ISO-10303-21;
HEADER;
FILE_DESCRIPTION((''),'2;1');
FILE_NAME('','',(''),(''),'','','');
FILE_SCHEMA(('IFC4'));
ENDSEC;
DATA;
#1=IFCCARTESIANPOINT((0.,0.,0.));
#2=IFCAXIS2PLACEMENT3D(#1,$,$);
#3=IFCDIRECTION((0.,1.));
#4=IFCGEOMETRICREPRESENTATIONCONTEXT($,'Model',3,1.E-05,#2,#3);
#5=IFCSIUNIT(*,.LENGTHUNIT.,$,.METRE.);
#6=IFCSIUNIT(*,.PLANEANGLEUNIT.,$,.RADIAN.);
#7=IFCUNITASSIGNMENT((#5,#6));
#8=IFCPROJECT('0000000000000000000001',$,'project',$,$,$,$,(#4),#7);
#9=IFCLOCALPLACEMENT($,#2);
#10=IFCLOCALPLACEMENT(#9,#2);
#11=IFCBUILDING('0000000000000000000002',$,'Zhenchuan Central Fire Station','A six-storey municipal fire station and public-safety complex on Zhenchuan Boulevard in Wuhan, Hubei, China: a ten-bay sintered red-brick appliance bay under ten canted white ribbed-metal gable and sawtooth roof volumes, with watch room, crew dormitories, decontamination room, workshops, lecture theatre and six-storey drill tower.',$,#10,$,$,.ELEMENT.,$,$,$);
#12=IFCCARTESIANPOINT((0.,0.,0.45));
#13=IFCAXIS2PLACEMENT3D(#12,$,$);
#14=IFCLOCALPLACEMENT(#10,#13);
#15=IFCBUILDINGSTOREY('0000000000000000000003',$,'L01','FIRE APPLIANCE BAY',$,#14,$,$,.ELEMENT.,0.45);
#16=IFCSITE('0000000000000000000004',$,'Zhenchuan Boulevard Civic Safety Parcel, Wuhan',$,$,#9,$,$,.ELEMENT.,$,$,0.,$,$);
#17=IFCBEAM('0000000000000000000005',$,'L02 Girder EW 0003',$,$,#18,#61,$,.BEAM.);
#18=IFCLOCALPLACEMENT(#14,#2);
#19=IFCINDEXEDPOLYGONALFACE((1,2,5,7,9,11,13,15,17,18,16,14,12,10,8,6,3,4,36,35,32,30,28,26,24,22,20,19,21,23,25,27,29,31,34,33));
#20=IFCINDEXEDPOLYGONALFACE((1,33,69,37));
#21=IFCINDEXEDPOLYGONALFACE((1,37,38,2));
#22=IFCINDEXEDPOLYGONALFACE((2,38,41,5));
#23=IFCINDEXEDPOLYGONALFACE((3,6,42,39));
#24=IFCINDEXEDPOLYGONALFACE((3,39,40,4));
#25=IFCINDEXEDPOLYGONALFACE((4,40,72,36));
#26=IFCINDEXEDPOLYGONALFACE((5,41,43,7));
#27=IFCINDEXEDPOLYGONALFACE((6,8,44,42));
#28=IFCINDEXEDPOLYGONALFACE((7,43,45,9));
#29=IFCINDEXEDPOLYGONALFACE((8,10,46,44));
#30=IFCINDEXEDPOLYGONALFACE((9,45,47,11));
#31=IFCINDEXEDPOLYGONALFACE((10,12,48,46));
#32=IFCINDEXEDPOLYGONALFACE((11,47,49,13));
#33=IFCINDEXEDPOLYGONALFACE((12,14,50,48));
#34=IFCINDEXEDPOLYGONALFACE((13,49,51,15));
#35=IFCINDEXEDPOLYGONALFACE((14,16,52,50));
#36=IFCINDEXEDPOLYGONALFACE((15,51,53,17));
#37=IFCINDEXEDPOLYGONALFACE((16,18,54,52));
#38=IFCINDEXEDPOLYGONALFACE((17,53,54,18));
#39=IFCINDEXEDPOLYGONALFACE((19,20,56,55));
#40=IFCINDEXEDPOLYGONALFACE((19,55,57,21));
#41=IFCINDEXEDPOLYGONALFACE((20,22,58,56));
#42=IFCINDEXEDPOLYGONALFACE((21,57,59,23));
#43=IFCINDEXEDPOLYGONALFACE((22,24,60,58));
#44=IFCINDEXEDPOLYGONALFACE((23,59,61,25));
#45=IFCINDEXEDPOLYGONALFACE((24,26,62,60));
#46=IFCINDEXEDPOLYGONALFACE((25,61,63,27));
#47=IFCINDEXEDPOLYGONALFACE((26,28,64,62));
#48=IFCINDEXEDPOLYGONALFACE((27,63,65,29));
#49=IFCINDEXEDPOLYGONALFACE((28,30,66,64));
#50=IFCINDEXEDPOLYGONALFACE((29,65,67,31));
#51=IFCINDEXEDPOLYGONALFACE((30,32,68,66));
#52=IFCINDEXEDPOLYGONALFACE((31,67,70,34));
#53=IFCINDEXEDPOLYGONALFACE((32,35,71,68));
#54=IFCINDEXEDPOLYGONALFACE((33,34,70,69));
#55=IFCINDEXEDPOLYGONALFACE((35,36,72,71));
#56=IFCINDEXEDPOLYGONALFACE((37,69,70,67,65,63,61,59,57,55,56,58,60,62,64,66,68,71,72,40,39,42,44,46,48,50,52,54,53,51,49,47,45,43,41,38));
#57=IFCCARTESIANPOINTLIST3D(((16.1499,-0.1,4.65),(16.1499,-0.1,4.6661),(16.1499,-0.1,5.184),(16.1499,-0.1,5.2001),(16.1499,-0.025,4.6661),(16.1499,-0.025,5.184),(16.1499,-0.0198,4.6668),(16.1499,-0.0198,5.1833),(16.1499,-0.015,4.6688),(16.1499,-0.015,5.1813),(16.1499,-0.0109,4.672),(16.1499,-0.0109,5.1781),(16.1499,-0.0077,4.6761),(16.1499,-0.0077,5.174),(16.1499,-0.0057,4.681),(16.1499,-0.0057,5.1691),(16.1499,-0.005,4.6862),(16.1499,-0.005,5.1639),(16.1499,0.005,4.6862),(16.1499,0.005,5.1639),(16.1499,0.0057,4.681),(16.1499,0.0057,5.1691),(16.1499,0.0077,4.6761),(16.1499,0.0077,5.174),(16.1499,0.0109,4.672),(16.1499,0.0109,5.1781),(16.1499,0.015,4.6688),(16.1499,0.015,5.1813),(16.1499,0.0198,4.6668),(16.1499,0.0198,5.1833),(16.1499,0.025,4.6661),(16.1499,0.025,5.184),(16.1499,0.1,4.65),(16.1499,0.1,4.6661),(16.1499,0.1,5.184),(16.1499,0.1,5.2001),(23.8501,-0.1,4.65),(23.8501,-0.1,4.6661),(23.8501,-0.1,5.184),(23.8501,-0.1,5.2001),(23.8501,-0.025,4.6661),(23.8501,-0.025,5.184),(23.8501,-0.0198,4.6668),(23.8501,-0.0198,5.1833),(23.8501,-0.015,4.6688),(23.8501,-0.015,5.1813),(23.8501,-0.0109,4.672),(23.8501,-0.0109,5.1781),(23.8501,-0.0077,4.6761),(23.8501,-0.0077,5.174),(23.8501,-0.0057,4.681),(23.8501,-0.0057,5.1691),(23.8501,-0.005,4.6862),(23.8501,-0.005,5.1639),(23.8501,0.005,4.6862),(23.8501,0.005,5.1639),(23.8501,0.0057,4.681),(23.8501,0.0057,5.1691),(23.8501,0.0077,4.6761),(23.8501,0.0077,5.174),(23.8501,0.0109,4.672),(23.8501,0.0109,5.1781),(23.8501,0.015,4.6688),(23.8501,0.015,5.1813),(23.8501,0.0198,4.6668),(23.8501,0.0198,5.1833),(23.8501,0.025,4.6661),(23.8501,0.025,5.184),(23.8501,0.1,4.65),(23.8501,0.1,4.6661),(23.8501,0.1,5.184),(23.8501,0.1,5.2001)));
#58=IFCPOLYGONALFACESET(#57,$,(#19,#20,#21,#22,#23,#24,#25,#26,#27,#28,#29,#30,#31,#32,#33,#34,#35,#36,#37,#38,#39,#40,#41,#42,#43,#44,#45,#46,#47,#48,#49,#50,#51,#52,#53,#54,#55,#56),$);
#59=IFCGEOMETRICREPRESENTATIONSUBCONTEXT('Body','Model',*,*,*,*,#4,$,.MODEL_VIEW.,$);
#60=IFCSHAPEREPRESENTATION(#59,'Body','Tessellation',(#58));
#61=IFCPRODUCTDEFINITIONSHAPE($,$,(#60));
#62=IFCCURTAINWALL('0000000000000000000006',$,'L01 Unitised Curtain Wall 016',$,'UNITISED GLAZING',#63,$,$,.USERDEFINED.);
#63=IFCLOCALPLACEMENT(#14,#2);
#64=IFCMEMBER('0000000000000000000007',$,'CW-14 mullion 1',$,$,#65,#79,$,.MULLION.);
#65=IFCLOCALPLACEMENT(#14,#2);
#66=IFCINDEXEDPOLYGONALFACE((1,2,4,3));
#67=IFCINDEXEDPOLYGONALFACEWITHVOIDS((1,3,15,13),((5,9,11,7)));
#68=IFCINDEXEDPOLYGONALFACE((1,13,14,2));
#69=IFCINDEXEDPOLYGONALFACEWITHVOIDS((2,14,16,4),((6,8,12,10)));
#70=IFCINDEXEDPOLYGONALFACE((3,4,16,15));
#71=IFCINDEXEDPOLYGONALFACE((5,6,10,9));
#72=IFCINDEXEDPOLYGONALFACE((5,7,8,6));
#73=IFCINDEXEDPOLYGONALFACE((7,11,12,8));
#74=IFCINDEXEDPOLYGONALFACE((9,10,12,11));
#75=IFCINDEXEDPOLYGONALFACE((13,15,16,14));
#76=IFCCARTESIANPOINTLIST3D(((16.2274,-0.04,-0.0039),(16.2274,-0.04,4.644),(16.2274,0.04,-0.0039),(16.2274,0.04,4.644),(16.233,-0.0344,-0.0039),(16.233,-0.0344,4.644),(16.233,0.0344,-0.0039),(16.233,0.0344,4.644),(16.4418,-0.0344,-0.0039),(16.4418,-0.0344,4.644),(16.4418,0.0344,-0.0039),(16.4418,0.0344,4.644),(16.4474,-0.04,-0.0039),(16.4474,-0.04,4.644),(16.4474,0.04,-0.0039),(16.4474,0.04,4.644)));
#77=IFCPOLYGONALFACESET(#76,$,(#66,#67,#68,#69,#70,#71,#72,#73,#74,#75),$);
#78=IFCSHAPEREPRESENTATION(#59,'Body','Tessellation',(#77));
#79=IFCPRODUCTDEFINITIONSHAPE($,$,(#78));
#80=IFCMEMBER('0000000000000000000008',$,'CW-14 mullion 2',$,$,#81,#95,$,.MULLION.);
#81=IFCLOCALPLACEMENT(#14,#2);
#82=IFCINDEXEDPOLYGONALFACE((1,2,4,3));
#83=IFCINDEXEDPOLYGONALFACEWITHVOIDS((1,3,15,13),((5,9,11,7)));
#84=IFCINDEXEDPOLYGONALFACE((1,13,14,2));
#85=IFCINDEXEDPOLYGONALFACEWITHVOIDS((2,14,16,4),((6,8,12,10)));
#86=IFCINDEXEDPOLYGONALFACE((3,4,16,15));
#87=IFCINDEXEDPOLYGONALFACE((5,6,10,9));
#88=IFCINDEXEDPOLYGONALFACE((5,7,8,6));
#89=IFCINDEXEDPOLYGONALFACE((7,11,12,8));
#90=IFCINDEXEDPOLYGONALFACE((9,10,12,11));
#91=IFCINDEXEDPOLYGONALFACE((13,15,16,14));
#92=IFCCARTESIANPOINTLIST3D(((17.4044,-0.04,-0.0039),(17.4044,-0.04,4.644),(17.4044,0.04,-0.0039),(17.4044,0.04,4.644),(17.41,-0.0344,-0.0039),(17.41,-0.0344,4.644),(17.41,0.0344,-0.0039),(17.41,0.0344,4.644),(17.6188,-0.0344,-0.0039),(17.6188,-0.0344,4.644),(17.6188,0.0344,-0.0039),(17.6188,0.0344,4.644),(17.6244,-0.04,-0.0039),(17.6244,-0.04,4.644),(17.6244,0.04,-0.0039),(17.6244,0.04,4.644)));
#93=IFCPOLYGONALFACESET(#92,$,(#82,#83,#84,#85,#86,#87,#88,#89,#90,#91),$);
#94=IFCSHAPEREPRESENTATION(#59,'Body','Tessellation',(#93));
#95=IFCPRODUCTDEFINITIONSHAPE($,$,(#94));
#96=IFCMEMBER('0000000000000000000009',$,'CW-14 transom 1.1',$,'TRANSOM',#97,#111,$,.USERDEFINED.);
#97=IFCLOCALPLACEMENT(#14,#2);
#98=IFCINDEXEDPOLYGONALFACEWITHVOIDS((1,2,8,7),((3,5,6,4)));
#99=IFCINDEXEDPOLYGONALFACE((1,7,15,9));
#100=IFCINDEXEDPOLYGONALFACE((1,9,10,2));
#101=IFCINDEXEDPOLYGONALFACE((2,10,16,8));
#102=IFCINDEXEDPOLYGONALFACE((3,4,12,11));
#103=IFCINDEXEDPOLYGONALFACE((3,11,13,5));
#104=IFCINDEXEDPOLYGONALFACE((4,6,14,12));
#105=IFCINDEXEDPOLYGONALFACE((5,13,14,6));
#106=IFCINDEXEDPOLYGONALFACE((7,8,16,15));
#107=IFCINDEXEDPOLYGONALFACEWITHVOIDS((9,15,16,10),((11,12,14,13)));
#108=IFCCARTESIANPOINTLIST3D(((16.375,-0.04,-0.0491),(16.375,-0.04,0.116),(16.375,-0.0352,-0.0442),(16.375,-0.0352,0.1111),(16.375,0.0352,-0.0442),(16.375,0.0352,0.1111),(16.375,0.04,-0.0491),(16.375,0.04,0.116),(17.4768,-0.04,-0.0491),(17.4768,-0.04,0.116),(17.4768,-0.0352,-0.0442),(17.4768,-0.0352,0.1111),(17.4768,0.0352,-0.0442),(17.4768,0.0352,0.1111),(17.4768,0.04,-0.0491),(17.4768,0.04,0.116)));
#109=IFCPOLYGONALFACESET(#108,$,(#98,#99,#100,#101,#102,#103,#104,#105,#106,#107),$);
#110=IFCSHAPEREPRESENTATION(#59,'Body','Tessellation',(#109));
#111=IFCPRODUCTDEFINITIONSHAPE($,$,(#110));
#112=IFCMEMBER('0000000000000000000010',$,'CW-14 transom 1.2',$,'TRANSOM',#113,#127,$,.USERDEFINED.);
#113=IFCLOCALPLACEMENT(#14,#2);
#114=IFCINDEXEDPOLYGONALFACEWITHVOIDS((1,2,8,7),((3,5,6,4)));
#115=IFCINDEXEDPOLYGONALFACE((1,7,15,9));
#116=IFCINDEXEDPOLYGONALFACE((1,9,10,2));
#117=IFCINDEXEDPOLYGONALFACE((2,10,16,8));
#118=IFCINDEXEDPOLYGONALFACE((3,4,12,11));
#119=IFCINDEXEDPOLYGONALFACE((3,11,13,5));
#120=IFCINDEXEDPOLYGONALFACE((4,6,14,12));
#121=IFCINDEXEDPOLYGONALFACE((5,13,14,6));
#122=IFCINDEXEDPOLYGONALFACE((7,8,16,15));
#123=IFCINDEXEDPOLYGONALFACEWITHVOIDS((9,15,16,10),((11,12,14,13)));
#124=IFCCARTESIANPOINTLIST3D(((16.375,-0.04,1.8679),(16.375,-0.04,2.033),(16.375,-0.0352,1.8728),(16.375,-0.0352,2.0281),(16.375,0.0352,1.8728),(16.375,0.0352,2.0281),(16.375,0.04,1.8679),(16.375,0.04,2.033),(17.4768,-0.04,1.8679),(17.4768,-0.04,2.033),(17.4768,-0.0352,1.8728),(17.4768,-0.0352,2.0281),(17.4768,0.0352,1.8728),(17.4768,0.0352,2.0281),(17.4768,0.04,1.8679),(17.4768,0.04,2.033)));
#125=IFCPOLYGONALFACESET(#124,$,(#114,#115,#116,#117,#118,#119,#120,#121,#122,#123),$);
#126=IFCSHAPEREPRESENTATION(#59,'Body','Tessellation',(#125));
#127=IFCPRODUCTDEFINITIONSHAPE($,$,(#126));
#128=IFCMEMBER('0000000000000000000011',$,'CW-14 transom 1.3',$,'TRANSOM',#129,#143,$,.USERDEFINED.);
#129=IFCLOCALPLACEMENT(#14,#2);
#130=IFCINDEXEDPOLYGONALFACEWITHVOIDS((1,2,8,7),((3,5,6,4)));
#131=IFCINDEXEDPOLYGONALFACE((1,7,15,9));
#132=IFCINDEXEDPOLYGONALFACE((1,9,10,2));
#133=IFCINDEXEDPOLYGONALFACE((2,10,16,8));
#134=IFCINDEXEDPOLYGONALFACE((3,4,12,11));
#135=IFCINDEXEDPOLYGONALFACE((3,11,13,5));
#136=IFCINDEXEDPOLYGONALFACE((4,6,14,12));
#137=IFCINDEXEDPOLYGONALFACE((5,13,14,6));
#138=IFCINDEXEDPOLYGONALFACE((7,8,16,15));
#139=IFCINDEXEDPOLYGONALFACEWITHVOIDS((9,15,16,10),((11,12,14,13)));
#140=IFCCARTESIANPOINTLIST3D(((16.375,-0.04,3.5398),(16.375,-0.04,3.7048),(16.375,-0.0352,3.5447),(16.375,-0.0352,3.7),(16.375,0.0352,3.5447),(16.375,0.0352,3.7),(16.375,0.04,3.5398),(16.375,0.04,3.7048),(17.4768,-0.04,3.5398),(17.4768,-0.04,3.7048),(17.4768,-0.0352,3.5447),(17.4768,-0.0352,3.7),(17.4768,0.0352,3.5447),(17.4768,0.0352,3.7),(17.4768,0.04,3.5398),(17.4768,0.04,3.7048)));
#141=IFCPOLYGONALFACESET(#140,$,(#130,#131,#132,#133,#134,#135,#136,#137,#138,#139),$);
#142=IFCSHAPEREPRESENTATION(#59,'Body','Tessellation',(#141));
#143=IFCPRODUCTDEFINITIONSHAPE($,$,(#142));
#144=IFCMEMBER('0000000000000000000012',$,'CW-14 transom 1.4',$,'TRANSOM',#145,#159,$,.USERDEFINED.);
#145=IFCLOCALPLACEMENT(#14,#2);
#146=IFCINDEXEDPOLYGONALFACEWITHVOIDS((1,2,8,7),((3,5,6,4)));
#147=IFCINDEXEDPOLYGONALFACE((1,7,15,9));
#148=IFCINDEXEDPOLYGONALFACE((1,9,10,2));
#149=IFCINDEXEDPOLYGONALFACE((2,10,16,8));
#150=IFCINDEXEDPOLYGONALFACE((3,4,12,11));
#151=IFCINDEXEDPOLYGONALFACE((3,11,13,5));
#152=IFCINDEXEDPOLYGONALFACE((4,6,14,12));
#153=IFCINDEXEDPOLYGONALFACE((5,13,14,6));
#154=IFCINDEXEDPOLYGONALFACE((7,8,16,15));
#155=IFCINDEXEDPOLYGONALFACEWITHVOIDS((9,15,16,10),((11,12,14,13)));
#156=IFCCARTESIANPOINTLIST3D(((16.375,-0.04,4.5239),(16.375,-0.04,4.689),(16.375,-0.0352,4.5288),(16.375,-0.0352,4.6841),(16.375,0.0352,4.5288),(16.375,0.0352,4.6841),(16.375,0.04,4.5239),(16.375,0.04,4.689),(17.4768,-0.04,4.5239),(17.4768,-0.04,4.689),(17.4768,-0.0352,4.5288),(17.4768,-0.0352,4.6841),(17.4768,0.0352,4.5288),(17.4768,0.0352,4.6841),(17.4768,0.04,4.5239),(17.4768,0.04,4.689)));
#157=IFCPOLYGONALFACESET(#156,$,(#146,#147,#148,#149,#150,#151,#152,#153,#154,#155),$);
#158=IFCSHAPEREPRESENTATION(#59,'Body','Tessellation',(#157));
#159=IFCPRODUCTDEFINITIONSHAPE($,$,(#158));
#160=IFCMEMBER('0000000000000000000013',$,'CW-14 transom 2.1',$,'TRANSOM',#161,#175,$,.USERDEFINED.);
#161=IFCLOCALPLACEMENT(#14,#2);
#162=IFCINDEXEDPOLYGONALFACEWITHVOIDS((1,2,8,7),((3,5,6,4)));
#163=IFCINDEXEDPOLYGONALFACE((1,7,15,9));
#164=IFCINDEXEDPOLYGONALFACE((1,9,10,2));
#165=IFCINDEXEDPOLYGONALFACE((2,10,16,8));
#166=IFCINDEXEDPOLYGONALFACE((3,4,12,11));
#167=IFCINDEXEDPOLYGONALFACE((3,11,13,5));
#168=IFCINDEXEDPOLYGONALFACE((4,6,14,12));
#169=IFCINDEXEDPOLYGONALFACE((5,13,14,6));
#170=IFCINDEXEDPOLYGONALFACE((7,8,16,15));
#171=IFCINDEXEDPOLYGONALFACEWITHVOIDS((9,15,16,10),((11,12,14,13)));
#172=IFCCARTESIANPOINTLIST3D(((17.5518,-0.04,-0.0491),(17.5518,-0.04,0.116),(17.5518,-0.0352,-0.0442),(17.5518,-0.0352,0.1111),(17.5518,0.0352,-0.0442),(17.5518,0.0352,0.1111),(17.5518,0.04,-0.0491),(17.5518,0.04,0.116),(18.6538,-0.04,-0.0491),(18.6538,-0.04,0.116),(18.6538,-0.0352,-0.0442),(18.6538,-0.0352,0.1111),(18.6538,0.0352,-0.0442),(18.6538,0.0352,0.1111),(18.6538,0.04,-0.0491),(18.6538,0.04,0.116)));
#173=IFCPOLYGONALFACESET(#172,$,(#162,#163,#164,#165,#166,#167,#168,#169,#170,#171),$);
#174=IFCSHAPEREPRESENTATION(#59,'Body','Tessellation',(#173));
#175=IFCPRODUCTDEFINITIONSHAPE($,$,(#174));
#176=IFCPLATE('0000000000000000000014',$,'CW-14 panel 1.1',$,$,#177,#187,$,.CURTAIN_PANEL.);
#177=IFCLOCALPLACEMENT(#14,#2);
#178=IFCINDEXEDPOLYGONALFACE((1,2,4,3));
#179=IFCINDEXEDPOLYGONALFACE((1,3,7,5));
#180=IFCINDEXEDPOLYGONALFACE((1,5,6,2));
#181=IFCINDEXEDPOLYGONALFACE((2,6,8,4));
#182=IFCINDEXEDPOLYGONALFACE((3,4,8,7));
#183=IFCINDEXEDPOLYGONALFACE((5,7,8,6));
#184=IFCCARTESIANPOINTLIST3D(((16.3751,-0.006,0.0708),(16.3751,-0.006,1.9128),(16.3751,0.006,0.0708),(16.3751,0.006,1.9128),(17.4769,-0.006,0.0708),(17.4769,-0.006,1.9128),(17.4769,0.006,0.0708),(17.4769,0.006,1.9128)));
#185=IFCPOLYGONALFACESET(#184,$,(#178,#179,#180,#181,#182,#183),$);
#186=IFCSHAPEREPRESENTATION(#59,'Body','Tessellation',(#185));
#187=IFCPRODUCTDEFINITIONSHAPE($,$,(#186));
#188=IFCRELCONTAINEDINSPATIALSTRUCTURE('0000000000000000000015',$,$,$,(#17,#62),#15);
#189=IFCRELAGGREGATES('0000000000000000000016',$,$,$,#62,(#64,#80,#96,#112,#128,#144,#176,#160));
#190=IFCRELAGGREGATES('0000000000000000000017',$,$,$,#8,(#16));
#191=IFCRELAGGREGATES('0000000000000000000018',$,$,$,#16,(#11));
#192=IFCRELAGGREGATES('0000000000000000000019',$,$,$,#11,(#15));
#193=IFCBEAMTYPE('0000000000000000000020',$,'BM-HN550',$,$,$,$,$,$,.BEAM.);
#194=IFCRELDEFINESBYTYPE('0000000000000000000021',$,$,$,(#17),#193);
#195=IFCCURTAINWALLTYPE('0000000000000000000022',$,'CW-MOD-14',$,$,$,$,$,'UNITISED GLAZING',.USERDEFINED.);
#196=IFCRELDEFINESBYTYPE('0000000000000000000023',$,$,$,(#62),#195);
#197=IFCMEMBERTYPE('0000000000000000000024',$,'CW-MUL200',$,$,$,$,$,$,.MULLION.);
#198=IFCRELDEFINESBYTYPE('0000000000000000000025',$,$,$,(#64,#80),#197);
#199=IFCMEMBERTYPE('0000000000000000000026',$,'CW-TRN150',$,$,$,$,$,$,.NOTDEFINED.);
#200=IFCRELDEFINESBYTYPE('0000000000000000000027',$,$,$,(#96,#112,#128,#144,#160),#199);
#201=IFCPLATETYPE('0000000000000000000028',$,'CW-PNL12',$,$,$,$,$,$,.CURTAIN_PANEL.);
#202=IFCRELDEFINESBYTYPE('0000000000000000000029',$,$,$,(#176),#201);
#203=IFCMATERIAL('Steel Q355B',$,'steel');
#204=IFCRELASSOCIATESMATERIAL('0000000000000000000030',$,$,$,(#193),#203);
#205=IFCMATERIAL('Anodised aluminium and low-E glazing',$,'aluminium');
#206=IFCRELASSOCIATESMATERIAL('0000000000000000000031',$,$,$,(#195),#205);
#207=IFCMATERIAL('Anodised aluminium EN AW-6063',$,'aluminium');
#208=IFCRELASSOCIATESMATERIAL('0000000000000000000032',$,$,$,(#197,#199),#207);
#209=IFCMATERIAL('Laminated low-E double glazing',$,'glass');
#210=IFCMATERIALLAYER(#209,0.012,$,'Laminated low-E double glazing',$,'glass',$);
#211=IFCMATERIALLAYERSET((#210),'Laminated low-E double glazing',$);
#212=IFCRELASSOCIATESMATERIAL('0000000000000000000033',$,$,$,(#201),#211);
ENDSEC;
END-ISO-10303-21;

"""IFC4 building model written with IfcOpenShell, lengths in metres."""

from ifc_helpers import new_model, si_unit, direction, frame, origin, origin_2d, place, context, subcontext, project, spatial, rectangle, hollow_rectangle, i_section, extrude, material, layer, layer_set, material_profile, profile_set, type_object, element, aggregate, save


model = new_model("IFC4")

# Units and contexts
model_context = context("Model", 3, precision=1e-05, world=origin(), true_north=direction((0.0, 1.0)))
body_context = subcontext(model_context, "Body", "Model", "MODEL_VIEW")
ifc_project = project(units=[si_unit("LENGTHUNIT", "METRE"), si_unit("PLANEANGLEUNIT", "RADIAN")], contexts=[model_context])

# Site, building, storey
site_placement = place(None, origin())
site = spatial("IfcSite", under=ifc_project, at=site_placement, Name="Zhenchuan Boulevard Civic Safety Parcel, Wuhan", CompositionType="ELEMENT", RefElevation=0.0)
building_placement = place(site_placement, origin())
building = spatial("IfcBuilding", under=site, at=building_placement, Name="Zhenchuan Central Fire Station", Description="A six-storey municipal fire station and public-safety complex on Zhenchuan Boulevard in Wuhan, Hubei, China: a ten-bay sintered red-brick appliance bay under ten canted white ribbed-metal gable and sawtooth roof volumes, with watch room, crew dormitories, decontamination room, workshops, lecture theatre and six-storey drill tower.", CompositionType="ELEMENT")
storey_placement = place(building_placement, frame((0.0, 0.0, 0.45)))
storey = spatial("IfcBuildingStorey", under=building, at=storey_placement, Name="L01", Description="FIRE APPLIANCE BAY", CompositionType="ELEMENT", Elevation=0.45)

# Shared definitions
ifc_material_1 = material(Name="Steel Q355B", Category="steel")

# Beam
ifc_material_profile_1 = material_profile(ifc_material_1, i_section(OverallWidth=0.2, OverallDepth=0.55, WebThickness=0.01, FlangeThickness=0.0161, FilletRadius=0.02, at=origin_2d()), Name="HN 550x200")
ifc_profile_set_1 = profile_set([ifc_material_profile_1], Name="Steel Q355B")
beam_type = type_object("IfcBeamType", Name="BM-HN550", PredefinedType="BEAM", material=ifc_profile_set_1)
beam_placement = place(storey_placement, frame((16.1499, 0.0, 4.925), z_axis=(1.0, 0.0, 0.0), x_axis=(0.0, 1.0, 0.0)))
element("IfcBeam", 1, at=beam_placement, inside=storey, type_object=beam_type, Name="L02 Girder EW 0003", PredefinedType="BEAM", context=body_context, shape_type="SweptSolid", body=[
    extrude(i_section(OverallWidth=0.2, OverallDepth=0.55, WebThickness=0.01, FlangeThickness=0.0161, FilletRadius=0.02, at=origin_2d()), origin(), (0.0, 0.0, 1.0), 7.7002),
])

# Curtain wall, members, plate
ifc_material_2 = material(Name="Anodised aluminium and low-E glazing", Category="aluminium")
curtain_wall_type = type_object("IfcCurtainWallType", Name="CW-MOD-14", ElementType="UNITISED GLAZING", PredefinedType="USERDEFINED", material=ifc_material_2)
curtain_wall_placement = place(storey_placement, origin())
curtain_wall = element("IfcCurtainWall", 2, at=curtain_wall_placement, inside=storey, type_object=curtain_wall_type, Name="L01 Unitised Curtain Wall 016", ObjectType="UNITISED GLAZING", PredefinedType="USERDEFINED")
ifc_material_3 = material(Name="Anodised aluminium EN AW-6063", Category="aluminium")
ifc_material_profile_2 = material_profile(ifc_material_3, hollow_rectangle(XDim=0.0801, YDim=0.22, WallThickness=0.0056, at=origin_2d()), Name="ALU-M 220x80")
ifc_profile_set_2 = profile_set([ifc_material_profile_2], Name="Anodised aluminium EN AW-6063")
member_type_1 = type_object("IfcMemberType", Name="CW-MUL200", PredefinedType="MULLION", material=ifc_profile_set_2)
member_1_placement = place(storey_placement, frame((16.3374, 0.0, -0.0039), z_axis=(0.0, 0.0, 1.0), x_axis=(0.0, 1.0, 0.0)))
member_1 = element("IfcMember", 3, at=member_1_placement, type_object=member_type_1, Name="CW-14 mullion 1", PredefinedType="MULLION", context=body_context, shape_type="SweptSolid", body=[
    extrude(hollow_rectangle(XDim=0.0801, YDim=0.22, WallThickness=0.0056, at=origin_2d()), origin(), (0.0, 0.0, 1.0), 4.6479),
])
member_2_placement = place(storey_placement, frame((17.5144, 0.0, -0.0039), z_axis=(0.0, 0.0, 1.0), x_axis=(0.0, 1.0, 0.0)))
member_2 = element("IfcMember", 4, at=member_2_placement, type_object=member_type_1, Name="CW-14 mullion 2", PredefinedType="MULLION", context=body_context, shape_type="SweptSolid", body=[
    extrude(hollow_rectangle(XDim=0.0801, YDim=0.22, WallThickness=0.0056, at=origin_2d()), origin(), (0.0, 0.0, 1.0), 4.6479),
])
ifc_material_profile_3 = material_profile(ifc_material_3, hollow_rectangle(XDim=0.0801, YDim=0.165, WallThickness=0.0049, at=origin_2d()), Name="ALU-T 165x80")
ifc_profile_set_3 = profile_set([ifc_material_profile_3], Name="Anodised aluminium EN AW-6063")
member_type_2 = type_object("IfcMemberType", Name="CW-TRN150", PredefinedType="NOTDEFINED", material=ifc_profile_set_3)
member_3_placement = place(storey_placement, frame((16.375, 0.0, 0.0334), z_axis=(1.0, 0.0, 0.0), x_axis=(0.0, 1.0, 0.0)))
member_3 = element("IfcMember", 5, at=member_3_placement, type_object=member_type_2, Name="CW-14 transom 1.1", ObjectType="TRANSOM", PredefinedType="USERDEFINED", context=body_context, shape_type="SweptSolid", body=[
    extrude(hollow_rectangle(XDim=0.0801, YDim=0.165, WallThickness=0.0049, at=origin_2d()), origin(), (0.0, 0.0, 1.0), 1.1018),
])
member_4_placement = place(storey_placement, frame((16.375, 0.0, 1.9504), z_axis=(1.0, 0.0, 0.0), x_axis=(0.0, 1.0, 0.0)))
member_4 = element("IfcMember", 6, at=member_4_placement, type_object=member_type_2, Name="CW-14 transom 1.2", ObjectType="TRANSOM", PredefinedType="USERDEFINED", context=body_context, shape_type="SweptSolid", body=[
    extrude(hollow_rectangle(XDim=0.0801, YDim=0.165, WallThickness=0.0049, at=origin_2d()), origin(), (0.0, 0.0, 1.0), 1.1018),
])
member_5_placement = place(storey_placement, frame((16.375, 0.0, 3.6223), z_axis=(1.0, 0.0, 0.0), x_axis=(0.0, 1.0, 0.0)))
member_5 = element("IfcMember", 7, at=member_5_placement, type_object=member_type_2, Name="CW-14 transom 1.3", ObjectType="TRANSOM", PredefinedType="USERDEFINED", context=body_context, shape_type="SweptSolid", body=[
    extrude(hollow_rectangle(XDim=0.0801, YDim=0.165, WallThickness=0.0049, at=origin_2d()), origin(), (0.0, 0.0, 1.0), 1.1018),
])
member_6_placement = place(storey_placement, frame((16.375, 0.0, 4.6064), z_axis=(1.0, 0.0, 0.0), x_axis=(0.0, 1.0, 0.0)))
member_6 = element("IfcMember", 8, at=member_6_placement, type_object=member_type_2, Name="CW-14 transom 1.4", ObjectType="TRANSOM", PredefinedType="USERDEFINED", context=body_context, shape_type="SweptSolid", body=[
    extrude(hollow_rectangle(XDim=0.0801, YDim=0.165, WallThickness=0.0049, at=origin_2d()), origin(), (0.0, 0.0, 1.0), 1.1018),
])
member_7_placement = place(storey_placement, frame((17.5518, 0.0, 0.0334), z_axis=(1.0, 0.0, 0.0), x_axis=(0.0, 1.0, 0.0)))
member_7 = element("IfcMember", 9, at=member_7_placement, type_object=member_type_2, Name="CW-14 transom 2.1", ObjectType="TRANSOM", PredefinedType="USERDEFINED", context=body_context, shape_type="SweptSolid", body=[
    extrude(hollow_rectangle(XDim=0.0801, YDim=0.165, WallThickness=0.0049, at=origin_2d()), origin(), (0.0, 0.0, 1.0), 1.1021),
])
ifc_material_4 = material(Name="Laminated low-E double glazing", Category="glass")
ifc_layer_1 = layer(ifc_material_4, 0.012, Name="Laminated low-E double glazing", Category="glass")
ifc_layer_set_1 = layer_set([ifc_layer_1], Name="Laminated low-E double glazing")
plate_type = type_object("IfcPlateType", Name="CW-PNL12", PredefinedType="CURTAIN_PANEL", material=ifc_layer_set_1)
plate_1_placement = place(storey_placement, frame((16.926, 0.0, 0.0708), z_axis=(0.0, 0.0, 1.0), x_axis=(1.0, 0.0, 0.0)))
plate_1 = element("IfcPlate", 10, at=plate_1_placement, type_object=plate_type, Name="CW-14 panel 1.1", PredefinedType="CURTAIN_PANEL", context=body_context, shape_type="SweptSolid", body=[
    extrude(rectangle(XDim=1.1018, YDim=0.012, at=origin_2d()), origin(), (0.0, 0.0, 1.0), 1.842),
])
aggregate(curtain_wall, [member_1, member_2, member_3, member_4, member_5, member_6, plate_1, member_7])

save(model, "model.ifc")
